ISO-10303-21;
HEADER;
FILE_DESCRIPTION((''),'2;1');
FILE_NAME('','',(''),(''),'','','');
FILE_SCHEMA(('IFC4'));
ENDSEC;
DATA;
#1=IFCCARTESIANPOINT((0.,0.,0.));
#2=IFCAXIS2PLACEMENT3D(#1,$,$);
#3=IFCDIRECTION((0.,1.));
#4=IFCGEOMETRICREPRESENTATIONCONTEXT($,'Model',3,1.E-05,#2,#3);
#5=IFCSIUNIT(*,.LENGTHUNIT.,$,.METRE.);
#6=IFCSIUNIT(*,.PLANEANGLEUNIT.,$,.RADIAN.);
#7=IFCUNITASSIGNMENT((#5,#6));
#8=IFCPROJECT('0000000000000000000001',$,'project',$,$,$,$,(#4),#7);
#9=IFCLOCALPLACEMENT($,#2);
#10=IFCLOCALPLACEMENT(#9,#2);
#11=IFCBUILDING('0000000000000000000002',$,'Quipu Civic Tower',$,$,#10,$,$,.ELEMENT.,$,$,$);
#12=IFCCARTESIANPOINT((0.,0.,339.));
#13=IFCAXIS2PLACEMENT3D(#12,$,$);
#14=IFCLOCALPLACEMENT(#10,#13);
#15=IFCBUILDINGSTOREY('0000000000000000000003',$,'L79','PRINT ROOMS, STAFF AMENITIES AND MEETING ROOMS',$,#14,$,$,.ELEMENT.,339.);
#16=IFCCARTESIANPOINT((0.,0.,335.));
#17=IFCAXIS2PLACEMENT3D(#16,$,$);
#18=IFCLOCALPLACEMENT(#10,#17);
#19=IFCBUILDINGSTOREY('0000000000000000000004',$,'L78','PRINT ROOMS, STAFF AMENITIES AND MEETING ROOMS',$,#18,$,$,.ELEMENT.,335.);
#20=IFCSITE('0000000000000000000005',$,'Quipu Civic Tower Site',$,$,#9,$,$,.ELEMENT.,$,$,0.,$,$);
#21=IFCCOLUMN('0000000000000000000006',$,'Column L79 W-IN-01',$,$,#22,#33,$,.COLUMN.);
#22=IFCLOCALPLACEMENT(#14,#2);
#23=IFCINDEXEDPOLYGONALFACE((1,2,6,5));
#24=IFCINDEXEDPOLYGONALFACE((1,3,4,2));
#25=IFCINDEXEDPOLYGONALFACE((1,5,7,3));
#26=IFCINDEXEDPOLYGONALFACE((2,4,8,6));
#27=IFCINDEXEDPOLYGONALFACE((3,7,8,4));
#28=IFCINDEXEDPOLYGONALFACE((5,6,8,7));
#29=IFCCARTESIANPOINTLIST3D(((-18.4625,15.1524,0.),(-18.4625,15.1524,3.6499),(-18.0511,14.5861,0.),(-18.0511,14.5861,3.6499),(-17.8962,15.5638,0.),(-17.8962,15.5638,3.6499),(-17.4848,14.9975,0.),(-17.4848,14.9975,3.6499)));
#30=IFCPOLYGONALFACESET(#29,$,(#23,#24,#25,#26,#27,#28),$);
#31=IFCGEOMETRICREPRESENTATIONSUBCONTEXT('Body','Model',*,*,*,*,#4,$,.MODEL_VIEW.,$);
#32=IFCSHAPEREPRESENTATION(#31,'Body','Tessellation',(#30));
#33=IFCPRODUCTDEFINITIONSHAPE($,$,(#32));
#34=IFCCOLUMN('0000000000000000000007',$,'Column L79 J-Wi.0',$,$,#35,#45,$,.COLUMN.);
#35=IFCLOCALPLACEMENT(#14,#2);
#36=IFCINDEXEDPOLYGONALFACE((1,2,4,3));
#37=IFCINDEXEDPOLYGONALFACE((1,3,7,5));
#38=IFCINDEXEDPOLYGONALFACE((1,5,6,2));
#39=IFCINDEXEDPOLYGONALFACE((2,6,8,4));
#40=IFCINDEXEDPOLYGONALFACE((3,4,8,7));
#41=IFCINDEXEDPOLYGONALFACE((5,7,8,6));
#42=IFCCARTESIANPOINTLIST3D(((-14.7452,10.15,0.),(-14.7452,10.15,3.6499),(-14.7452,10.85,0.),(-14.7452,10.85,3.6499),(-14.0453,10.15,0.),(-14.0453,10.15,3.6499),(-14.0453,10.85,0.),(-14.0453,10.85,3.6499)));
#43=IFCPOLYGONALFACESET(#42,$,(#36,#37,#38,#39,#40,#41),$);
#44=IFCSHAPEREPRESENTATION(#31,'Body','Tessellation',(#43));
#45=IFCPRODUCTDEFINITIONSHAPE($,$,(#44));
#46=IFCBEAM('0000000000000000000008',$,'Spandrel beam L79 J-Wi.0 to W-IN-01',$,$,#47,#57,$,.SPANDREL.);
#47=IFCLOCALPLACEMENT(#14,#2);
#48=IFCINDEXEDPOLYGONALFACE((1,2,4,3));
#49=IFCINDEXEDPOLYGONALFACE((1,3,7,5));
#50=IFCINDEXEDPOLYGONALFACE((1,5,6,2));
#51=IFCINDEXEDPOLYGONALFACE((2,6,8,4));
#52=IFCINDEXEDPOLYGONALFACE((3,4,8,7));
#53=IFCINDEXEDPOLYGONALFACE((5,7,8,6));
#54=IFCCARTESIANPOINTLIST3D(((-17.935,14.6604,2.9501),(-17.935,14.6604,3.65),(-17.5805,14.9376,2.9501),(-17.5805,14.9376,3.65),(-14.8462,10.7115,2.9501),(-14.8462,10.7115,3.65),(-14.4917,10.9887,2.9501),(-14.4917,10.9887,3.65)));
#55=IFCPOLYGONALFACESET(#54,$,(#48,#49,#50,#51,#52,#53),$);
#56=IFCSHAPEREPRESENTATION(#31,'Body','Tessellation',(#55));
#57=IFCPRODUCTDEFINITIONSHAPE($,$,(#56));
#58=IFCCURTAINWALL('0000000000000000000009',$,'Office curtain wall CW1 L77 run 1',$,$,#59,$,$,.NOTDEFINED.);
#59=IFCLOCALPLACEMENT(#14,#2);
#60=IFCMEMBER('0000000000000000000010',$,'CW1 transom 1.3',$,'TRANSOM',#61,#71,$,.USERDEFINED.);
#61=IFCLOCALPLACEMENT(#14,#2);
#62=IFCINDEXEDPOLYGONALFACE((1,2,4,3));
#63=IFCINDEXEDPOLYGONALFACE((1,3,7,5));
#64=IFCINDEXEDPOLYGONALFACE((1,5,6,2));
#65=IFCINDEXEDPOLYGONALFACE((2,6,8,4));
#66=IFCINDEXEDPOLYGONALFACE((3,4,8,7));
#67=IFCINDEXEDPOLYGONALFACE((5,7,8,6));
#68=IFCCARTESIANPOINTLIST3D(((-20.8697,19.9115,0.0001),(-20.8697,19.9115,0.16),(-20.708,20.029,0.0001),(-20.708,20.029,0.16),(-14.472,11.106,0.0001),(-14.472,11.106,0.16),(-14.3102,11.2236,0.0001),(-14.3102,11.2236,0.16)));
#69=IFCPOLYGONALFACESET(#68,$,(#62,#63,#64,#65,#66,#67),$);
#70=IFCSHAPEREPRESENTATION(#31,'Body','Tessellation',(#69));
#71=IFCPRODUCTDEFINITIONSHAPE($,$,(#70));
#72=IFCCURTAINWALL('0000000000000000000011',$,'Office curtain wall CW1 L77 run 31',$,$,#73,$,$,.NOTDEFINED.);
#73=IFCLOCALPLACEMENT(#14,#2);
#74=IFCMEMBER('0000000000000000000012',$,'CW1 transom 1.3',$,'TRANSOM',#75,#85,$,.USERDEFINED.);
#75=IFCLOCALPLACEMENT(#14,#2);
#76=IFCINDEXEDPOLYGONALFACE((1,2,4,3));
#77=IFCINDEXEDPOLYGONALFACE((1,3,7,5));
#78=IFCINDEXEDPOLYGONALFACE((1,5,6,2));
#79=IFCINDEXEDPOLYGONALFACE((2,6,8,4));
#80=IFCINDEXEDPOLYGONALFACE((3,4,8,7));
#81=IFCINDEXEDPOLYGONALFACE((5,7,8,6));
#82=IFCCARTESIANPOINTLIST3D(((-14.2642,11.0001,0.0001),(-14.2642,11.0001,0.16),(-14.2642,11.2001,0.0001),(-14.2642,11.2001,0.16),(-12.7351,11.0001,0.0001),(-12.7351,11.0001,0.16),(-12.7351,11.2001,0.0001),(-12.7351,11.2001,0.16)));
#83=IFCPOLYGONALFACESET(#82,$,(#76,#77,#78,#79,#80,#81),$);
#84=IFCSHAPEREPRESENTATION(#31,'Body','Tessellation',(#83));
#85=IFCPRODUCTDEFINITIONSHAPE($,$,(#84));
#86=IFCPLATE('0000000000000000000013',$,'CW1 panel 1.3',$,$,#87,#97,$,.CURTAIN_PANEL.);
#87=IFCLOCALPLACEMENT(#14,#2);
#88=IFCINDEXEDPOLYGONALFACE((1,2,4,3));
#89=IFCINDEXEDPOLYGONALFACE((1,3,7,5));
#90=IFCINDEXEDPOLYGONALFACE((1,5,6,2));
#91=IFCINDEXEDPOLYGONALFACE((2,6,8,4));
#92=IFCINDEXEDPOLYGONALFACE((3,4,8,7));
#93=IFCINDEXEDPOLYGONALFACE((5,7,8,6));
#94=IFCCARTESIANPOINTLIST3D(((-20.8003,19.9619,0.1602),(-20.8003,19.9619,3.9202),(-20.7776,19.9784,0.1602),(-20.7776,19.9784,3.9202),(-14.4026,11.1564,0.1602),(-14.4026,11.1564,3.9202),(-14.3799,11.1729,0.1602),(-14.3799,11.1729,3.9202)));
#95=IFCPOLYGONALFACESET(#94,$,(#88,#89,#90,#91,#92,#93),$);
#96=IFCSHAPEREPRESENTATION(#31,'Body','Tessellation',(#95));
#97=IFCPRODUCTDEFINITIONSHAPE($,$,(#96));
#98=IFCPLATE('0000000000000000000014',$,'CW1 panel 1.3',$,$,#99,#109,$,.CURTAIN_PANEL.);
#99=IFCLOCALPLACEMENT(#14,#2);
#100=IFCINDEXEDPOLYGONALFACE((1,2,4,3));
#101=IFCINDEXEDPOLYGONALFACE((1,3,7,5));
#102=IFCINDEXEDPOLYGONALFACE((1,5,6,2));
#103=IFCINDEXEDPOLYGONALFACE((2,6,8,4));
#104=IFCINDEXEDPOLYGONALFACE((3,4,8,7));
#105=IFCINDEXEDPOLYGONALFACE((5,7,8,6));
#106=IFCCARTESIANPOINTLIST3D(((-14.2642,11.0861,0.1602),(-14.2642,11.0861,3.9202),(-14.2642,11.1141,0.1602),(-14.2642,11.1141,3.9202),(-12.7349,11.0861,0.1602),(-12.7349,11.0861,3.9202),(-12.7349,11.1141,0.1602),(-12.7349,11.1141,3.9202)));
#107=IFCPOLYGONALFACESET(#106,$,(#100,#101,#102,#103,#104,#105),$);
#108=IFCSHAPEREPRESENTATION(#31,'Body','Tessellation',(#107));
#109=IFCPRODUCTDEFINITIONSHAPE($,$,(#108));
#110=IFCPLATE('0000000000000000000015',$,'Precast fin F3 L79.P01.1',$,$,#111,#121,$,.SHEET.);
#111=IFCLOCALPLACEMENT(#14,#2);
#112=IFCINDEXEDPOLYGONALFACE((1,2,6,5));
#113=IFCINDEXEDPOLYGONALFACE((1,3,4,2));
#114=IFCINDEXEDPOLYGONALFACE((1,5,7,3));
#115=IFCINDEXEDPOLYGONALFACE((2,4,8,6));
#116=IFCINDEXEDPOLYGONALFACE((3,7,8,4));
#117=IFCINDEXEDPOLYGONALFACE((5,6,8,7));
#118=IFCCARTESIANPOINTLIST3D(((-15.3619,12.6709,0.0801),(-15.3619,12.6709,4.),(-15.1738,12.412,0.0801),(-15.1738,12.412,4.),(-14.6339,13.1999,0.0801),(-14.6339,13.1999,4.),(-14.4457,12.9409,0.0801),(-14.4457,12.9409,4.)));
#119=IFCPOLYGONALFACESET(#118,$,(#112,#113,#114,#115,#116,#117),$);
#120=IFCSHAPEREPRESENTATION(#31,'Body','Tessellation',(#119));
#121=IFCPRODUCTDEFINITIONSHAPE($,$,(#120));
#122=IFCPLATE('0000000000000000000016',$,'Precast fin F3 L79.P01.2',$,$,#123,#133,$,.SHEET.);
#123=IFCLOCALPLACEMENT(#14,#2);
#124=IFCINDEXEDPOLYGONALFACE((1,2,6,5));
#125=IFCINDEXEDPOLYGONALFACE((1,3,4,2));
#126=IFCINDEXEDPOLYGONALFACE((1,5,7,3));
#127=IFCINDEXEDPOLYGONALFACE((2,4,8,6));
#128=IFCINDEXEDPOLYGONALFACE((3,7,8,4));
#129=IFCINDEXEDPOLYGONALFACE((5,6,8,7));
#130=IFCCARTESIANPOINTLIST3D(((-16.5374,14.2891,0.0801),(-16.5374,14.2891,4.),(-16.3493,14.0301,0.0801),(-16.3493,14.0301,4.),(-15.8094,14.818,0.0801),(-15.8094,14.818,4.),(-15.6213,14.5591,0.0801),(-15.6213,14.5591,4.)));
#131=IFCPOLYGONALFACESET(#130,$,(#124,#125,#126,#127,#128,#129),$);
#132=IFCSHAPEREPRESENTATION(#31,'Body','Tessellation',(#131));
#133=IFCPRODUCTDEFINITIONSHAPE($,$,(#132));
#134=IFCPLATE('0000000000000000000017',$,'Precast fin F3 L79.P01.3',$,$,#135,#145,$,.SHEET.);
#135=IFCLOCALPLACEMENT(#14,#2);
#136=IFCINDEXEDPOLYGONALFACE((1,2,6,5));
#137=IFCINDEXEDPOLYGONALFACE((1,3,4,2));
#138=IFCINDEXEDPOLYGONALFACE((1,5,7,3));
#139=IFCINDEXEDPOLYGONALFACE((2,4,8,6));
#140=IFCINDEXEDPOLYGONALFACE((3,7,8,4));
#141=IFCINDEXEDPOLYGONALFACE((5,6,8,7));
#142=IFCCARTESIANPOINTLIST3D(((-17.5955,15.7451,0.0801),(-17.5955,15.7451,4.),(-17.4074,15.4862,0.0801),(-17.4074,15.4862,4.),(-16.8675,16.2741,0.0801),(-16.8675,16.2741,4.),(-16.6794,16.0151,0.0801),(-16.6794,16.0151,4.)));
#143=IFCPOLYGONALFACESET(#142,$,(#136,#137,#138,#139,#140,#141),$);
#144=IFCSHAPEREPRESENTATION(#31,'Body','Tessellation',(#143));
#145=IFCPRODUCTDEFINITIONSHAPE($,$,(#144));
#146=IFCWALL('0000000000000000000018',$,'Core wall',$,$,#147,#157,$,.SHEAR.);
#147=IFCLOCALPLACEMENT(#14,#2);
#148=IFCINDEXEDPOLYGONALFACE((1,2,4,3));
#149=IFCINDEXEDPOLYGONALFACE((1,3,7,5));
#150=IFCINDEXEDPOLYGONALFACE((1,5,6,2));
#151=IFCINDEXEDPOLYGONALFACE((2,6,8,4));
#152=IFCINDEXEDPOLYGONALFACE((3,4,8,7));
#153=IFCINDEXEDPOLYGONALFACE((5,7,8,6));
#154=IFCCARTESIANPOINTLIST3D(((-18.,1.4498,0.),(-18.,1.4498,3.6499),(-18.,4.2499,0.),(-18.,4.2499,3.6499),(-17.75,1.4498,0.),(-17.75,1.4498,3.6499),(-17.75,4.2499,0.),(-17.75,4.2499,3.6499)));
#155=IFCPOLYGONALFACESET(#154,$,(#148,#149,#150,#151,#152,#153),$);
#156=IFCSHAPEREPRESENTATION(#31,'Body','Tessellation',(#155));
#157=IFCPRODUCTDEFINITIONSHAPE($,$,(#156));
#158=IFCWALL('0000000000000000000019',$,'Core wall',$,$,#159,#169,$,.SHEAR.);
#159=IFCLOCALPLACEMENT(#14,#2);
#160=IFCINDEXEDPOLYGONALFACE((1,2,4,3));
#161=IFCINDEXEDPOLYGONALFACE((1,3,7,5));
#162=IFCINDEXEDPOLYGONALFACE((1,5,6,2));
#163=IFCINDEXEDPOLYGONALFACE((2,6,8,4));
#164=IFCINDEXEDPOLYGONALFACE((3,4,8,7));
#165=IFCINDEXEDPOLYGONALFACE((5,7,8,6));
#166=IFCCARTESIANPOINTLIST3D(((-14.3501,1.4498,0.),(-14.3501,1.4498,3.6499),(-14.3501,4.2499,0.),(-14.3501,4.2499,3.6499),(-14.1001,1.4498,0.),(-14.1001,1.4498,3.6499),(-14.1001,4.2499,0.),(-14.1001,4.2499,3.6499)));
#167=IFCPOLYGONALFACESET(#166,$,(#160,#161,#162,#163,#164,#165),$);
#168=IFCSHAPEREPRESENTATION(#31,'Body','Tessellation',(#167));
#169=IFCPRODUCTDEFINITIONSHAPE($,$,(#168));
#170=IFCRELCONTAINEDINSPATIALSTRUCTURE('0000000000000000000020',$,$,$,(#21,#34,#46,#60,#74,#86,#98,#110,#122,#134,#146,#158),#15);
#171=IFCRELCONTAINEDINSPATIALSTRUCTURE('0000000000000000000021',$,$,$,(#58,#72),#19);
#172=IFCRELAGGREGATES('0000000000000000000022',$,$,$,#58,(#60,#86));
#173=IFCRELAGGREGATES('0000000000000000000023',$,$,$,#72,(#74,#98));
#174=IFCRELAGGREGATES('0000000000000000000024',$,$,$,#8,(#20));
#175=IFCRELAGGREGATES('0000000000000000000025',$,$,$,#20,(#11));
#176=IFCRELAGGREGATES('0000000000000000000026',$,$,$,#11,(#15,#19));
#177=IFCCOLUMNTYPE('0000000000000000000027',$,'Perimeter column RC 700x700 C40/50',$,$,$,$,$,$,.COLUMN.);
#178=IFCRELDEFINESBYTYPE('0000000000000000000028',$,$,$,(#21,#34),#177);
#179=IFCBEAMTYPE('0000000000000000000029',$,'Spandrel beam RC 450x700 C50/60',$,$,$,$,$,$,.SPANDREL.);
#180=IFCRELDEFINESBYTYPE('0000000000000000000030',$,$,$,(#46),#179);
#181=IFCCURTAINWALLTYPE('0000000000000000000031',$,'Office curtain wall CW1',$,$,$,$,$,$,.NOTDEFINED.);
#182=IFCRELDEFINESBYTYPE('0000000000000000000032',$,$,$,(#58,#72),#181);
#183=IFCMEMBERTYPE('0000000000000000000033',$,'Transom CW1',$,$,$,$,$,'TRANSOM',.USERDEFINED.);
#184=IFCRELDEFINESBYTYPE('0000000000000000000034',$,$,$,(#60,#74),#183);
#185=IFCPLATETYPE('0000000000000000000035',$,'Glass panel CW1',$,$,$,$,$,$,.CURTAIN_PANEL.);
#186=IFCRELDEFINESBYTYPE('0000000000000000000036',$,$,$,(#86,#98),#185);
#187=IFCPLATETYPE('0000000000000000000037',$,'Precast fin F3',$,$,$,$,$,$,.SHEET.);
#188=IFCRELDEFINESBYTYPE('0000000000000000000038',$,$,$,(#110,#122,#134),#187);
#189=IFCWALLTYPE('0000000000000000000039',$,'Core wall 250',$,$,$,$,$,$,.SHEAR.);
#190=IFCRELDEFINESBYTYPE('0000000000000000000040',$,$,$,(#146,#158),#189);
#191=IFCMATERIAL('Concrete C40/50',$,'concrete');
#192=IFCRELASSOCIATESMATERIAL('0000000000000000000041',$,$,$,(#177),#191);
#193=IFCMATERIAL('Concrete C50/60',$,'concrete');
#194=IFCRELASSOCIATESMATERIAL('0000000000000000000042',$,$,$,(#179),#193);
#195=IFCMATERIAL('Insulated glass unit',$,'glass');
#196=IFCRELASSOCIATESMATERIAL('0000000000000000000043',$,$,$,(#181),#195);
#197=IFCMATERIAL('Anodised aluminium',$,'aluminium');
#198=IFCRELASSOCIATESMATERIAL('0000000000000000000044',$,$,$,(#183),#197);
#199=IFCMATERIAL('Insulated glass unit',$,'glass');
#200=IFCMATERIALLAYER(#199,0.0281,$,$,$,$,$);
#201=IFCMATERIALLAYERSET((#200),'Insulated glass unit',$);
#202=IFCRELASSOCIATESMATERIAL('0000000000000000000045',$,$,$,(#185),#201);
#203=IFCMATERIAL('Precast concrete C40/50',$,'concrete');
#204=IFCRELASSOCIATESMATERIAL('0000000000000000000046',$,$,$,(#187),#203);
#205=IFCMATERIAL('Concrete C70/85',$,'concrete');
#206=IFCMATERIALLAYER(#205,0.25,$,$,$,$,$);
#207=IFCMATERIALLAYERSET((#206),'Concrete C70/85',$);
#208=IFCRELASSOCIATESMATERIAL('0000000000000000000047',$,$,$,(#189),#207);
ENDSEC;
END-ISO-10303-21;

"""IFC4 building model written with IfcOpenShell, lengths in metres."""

from ifc_helpers import new_model, si_unit, direction, frame, frame_2d, origin, origin_2d, place, context, subcontext, project, spatial, rectangle, extrude, material, layer, layer_set, material_profile, profile_set, type_object, element, aggregate, save


model = new_model("IFC4")

# Units and contexts
model_context = context("Model", 3, precision=1e-05, world=origin(), true_north=direction((0.0, 1.0)))
body_context = subcontext(model_context, "Body", "Model", "MODEL_VIEW")
ifc_project = project(units=[si_unit("LENGTHUNIT", "METRE"), si_unit("PLANEANGLEUNIT", "RADIAN")], contexts=[model_context])

# Site, building, storey
site_placement = place(None, origin())
site = spatial("IfcSite", under=ifc_project, at=site_placement, Name="Quipu Civic Tower Site", CompositionType="ELEMENT", RefElevation=0.0)
building_placement = place(site_placement, origin())
building = spatial("IfcBuilding", under=site, at=building_placement, Name="Quipu Civic Tower", CompositionType="ELEMENT")
storey_1_placement = place(building_placement, frame((0.0, 0.0, 339.0)))
storey_1 = spatial("IfcBuildingStorey", under=building, at=storey_1_placement, Name="L79", Description="PRINT ROOMS, STAFF AMENITIES AND MEETING ROOMS", CompositionType="ELEMENT", Elevation=339.0)

# Columns
ifc_material_1 = material(Name="Concrete C40/50", Category="concrete")
ifc_material_profile_1 = material_profile(ifc_material_1, rectangle(XDim=0.7, YDim=0.7, at=origin_2d()), Name="RC700x700")
ifc_profile_set_1 = profile_set([ifc_material_profile_1], Name="Concrete C40/50")
column_type = type_object("IfcColumnType", Name="Perimeter column RC 700x700 C40/50", PredefinedType="COLUMN", material=ifc_profile_set_1)
for number, where, z_axis, x_axis, name in (
    (1, (-17.9736, 15.075, 0.0), (0.0, 0.0, 1.0), (-0.587785, 0.809017, 0.0), "Column L79 W-IN-01"),
    (2, (-14.3953, 10.5, 0.0), (0.0, 0.0, 1.0), (-1.0, 0.0, 0.0), "Column L79 J-Wi.0"),
):
    element("IfcColumn", number, at=place(storey_1_placement, frame(where, z_axis=z_axis, x_axis=x_axis)), inside=storey_1, type_object=column_type, Name=name, PredefinedType="COLUMN", context=body_context, shape_type="SweptSolid", body=[
        extrude(rectangle(XDim=0.7, YDim=0.7, at=origin_2d()), origin(), (0.0, 0.0, 1.0), 3.6499),
    ])

# Beam
ifc_material_2 = material(Name="Concrete C50/60", Category="concrete")
ifc_material_profile_2 = material_profile(ifc_material_2, rectangle(XDim=0.45, YDim=0.7, at=origin_2d()), Name="RC450x700")
ifc_profile_set_2 = profile_set([ifc_material_profile_2], Name="Concrete C50/60")
beam_type = type_object("IfcBeamType", Name="Spandrel beam RC 450x700 C50/60", PredefinedType="SPANDREL", material=ifc_profile_set_2)
beam_placement = place(storey_1_placement, frame((-14.6689, 10.8501, 3.3), z_axis=(-0.616106, 0.787663, 0.0), x_axis=(-0.787663, -0.616106, 0.0)))
element("IfcBeam", 3, at=beam_placement, inside=storey_1, type_object=beam_type, Name="Spandrel beam L79 J-Wi.0 to W-IN-01", PredefinedType="SPANDREL", context=body_context, shape_type="SweptSolid", body=[
    extrude(rectangle(XDim=0.45, YDim=0.7, at=origin_2d()), origin(), (0.0, 0.0, 1.0), 5.0134),
])

# Shared definitions
storey_2_placement = place(building_placement, frame((0.0, 0.0, 335.0)))
storey_2 = spatial("IfcBuildingStorey", under=building, at=storey_2_placement, Name="L78", Description="PRINT ROOMS, STAFF AMENITIES AND MEETING ROOMS", CompositionType="ELEMENT", Elevation=335.0)

# Curtain walls, members
ifc_material_3 = material(Name="Insulated glass unit", Category="glass")
curtain_wall_type = type_object("IfcCurtainWallType", Name="Office curtain wall CW1", PredefinedType="NOTDEFINED", material=ifc_material_3)
curtain_wall_1_placement = place(storey_2_placement, origin())
curtain_wall_1 = element("IfcCurtainWall", 4, at=curtain_wall_1_placement, inside=storey_2, type_object=curtain_wall_type, Name="Office curtain wall CW1 L77 run 1", PredefinedType="NOTDEFINED")
ifc_material_4 = material(Name="Anodised aluminium", Category="aluminium")
ifc_material_profile_3 = material_profile(ifc_material_4, rectangle(XDim=0.2, YDim=0.1599, at=origin_2d()), Name="RECT 200x160")
ifc_profile_set_3 = profile_set([ifc_material_profile_3], Name="Anodised aluminium")
member_type = type_object("IfcMemberType", Name="Transom CW1", ElementType="TRANSOM", PredefinedType="USERDEFINED", material=ifc_profile_set_3)
member_1_placement = place(storey_1_placement, frame((-14.3911, 11.1648, 0.0801), z_axis=(-0.587797, 0.809009, 0.0), x_axis=(-0.809009, -0.587797, 0.0)))
member_1 = element("IfcMember", 5, at=member_1_placement, inside=storey_1, type_object=member_type, Name="CW1 transom 1.3", ObjectType="TRANSOM", PredefinedType="USERDEFINED", context=body_context, shape_type="SweptSolid", body=[
    extrude(rectangle(XDim=0.2, YDim=0.1599, at=origin_2d()), origin(), (0.0, 0.0, 1.0), 10.8843),
])
curtain_wall_2_placement = place(storey_2_placement, origin())
curtain_wall_2 = element("IfcCurtainWall", 6, at=curtain_wall_2_placement, inside=storey_2, type_object=curtain_wall_type, Name="Office curtain wall CW1 L77 run 31", PredefinedType="NOTDEFINED")
member_2_placement = place(storey_1_placement, frame((-12.7351, 11.1001, 0.0801), z_axis=(-1.0, 0.0, 0.0), x_axis=(0.0, -1.0, 0.0)))
member_2 = element("IfcMember", 7, at=member_2_placement, inside=storey_1, type_object=member_type, Name="CW1 transom 1.3", ObjectType="TRANSOM", PredefinedType="USERDEFINED", context=body_context, shape_type="SweptSolid", body=[
    extrude(rectangle(XDim=0.2, YDim=0.1599, at=origin_2d()), origin(), (0.0, 0.0, 1.0), 1.5291),
])

# Plates
ifc_material_5 = material(Name="Insulated glass unit", Category="glass")
ifc_layer_1 = layer(ifc_material_5, 0.0281)
ifc_layer_set_1 = layer_set([ifc_layer_1], Name="Insulated glass unit")
plate_type_1 = type_object("IfcPlateType", Name="Glass panel CW1", PredefinedType="CURTAIN_PANEL", material=ifc_layer_set_1)
plate_1_placement = place(storey_1_placement, frame((-17.5901, 15.5674, 0.1602), z_axis=(0.0, 0.0, 1.0), x_axis=(-0.587788, 0.809015, 0.0)))
plate_1 = element("IfcPlate", 8, at=plate_1_placement, inside=storey_1, type_object=plate_type_1, Name="CW1 panel 1.3", PredefinedType="CURTAIN_PANEL", context=body_context, shape_type="SweptSolid", body=[
    extrude(rectangle(XDim=10.8843, YDim=0.0281, at=origin_2d()), origin(), (0.0, 0.0, 1.0), 3.76),
])
aggregate(curtain_wall_1, [member_1, plate_1])
plate_2_placement = place(storey_1_placement, frame((-13.4995, 11.1001, 0.1602), z_axis=(0.0, 0.0, 1.0), x_axis=(-1.0, 0.0, 0.0)))
plate_2 = element("IfcPlate", 9, at=plate_2_placement, inside=storey_1, type_object=plate_type_1, Name="CW1 panel 1.3", PredefinedType="CURTAIN_PANEL", context=body_context, shape_type="SweptSolid", body=[
    extrude(rectangle(XDim=1.5293, YDim=0.0281, at=origin_2d()), origin(), (0.0, 0.0, 1.0), 3.76),
])
aggregate(curtain_wall_2, [member_2, plate_2])

# Plates
ifc_material_6 = material(Name="Precast concrete C40/50", Category="concrete")
plate_type_2 = type_object("IfcPlateType", Name="Precast fin F3", PredefinedType="SHEET", material=ifc_material_6)
for number, where, z_axis, x_axis, name in (
    (10, (-14.9038, 12.8059, 0.0801), (0.0, 0.0, 1.0), (-0.587784, 0.809018, 0.0), "Precast fin F3 L79.P01.1"),
    (11, (-16.0793, 14.4241, 0.0801), (0.0, 0.0, 1.0), (-0.587784, 0.809018, 0.0), "Precast fin F3 L79.P01.2"),
    (12, (-17.1375, 15.8801, 0.0801), (0.0, 0.0, 1.0), (-0.587784, 0.809018, 0.0), "Precast fin F3 L79.P01.3"),
):
    element("IfcPlate", number, at=place(storey_1_placement, frame(where, z_axis=z_axis, x_axis=x_axis)), inside=storey_1, type_object=plate_type_2, Name=name, PredefinedType="SHEET", context=body_context, shape_type="SweptSolid", body=[
        extrude(rectangle(XDim=0.3201, YDim=0.8999, at=origin_2d()), origin(), (0.0, 0.0, 1.0), 3.9199),
    ])

# Walls
ifc_material_7 = material(Name="Concrete C70/85", Category="concrete")
ifc_layer_2 = layer(ifc_material_7, 0.25)
ifc_layer_set_2 = layer_set([ifc_layer_2], Name="Concrete C70/85")
wall_type_1 = type_object("IfcWallType", Name="Core wall 250", PredefinedType="SHEAR", material=ifc_layer_set_2)
for number, where, z_axis, x_axis, name in (
    (13, (-17.875, 1.45, 0.0), (0.0, 0.0, 1.0), (0.0, 1.0, 0.0), "Core wall"),
    (14, (-14.2251, 1.45, 0.0), (0.0, 0.0, 1.0), (0.0, 1.0, 0.0), "Core wall"),
):
    element("IfcWall", number, at=place(storey_1_placement, frame(where, z_axis=z_axis, x_axis=x_axis)), inside=storey_1, type_object=wall_type_1, Name=name, PredefinedType="SHEAR", context=body_context, shape_type="SweptSolid", body=[
        extrude(rectangle(XDim=2.8, YDim=0.25, at=frame_2d((1.3999, 0.0))), origin(), (0.0, 0.0, 1.0), 3.6499),
    ])

save(model, "model.ifc")
